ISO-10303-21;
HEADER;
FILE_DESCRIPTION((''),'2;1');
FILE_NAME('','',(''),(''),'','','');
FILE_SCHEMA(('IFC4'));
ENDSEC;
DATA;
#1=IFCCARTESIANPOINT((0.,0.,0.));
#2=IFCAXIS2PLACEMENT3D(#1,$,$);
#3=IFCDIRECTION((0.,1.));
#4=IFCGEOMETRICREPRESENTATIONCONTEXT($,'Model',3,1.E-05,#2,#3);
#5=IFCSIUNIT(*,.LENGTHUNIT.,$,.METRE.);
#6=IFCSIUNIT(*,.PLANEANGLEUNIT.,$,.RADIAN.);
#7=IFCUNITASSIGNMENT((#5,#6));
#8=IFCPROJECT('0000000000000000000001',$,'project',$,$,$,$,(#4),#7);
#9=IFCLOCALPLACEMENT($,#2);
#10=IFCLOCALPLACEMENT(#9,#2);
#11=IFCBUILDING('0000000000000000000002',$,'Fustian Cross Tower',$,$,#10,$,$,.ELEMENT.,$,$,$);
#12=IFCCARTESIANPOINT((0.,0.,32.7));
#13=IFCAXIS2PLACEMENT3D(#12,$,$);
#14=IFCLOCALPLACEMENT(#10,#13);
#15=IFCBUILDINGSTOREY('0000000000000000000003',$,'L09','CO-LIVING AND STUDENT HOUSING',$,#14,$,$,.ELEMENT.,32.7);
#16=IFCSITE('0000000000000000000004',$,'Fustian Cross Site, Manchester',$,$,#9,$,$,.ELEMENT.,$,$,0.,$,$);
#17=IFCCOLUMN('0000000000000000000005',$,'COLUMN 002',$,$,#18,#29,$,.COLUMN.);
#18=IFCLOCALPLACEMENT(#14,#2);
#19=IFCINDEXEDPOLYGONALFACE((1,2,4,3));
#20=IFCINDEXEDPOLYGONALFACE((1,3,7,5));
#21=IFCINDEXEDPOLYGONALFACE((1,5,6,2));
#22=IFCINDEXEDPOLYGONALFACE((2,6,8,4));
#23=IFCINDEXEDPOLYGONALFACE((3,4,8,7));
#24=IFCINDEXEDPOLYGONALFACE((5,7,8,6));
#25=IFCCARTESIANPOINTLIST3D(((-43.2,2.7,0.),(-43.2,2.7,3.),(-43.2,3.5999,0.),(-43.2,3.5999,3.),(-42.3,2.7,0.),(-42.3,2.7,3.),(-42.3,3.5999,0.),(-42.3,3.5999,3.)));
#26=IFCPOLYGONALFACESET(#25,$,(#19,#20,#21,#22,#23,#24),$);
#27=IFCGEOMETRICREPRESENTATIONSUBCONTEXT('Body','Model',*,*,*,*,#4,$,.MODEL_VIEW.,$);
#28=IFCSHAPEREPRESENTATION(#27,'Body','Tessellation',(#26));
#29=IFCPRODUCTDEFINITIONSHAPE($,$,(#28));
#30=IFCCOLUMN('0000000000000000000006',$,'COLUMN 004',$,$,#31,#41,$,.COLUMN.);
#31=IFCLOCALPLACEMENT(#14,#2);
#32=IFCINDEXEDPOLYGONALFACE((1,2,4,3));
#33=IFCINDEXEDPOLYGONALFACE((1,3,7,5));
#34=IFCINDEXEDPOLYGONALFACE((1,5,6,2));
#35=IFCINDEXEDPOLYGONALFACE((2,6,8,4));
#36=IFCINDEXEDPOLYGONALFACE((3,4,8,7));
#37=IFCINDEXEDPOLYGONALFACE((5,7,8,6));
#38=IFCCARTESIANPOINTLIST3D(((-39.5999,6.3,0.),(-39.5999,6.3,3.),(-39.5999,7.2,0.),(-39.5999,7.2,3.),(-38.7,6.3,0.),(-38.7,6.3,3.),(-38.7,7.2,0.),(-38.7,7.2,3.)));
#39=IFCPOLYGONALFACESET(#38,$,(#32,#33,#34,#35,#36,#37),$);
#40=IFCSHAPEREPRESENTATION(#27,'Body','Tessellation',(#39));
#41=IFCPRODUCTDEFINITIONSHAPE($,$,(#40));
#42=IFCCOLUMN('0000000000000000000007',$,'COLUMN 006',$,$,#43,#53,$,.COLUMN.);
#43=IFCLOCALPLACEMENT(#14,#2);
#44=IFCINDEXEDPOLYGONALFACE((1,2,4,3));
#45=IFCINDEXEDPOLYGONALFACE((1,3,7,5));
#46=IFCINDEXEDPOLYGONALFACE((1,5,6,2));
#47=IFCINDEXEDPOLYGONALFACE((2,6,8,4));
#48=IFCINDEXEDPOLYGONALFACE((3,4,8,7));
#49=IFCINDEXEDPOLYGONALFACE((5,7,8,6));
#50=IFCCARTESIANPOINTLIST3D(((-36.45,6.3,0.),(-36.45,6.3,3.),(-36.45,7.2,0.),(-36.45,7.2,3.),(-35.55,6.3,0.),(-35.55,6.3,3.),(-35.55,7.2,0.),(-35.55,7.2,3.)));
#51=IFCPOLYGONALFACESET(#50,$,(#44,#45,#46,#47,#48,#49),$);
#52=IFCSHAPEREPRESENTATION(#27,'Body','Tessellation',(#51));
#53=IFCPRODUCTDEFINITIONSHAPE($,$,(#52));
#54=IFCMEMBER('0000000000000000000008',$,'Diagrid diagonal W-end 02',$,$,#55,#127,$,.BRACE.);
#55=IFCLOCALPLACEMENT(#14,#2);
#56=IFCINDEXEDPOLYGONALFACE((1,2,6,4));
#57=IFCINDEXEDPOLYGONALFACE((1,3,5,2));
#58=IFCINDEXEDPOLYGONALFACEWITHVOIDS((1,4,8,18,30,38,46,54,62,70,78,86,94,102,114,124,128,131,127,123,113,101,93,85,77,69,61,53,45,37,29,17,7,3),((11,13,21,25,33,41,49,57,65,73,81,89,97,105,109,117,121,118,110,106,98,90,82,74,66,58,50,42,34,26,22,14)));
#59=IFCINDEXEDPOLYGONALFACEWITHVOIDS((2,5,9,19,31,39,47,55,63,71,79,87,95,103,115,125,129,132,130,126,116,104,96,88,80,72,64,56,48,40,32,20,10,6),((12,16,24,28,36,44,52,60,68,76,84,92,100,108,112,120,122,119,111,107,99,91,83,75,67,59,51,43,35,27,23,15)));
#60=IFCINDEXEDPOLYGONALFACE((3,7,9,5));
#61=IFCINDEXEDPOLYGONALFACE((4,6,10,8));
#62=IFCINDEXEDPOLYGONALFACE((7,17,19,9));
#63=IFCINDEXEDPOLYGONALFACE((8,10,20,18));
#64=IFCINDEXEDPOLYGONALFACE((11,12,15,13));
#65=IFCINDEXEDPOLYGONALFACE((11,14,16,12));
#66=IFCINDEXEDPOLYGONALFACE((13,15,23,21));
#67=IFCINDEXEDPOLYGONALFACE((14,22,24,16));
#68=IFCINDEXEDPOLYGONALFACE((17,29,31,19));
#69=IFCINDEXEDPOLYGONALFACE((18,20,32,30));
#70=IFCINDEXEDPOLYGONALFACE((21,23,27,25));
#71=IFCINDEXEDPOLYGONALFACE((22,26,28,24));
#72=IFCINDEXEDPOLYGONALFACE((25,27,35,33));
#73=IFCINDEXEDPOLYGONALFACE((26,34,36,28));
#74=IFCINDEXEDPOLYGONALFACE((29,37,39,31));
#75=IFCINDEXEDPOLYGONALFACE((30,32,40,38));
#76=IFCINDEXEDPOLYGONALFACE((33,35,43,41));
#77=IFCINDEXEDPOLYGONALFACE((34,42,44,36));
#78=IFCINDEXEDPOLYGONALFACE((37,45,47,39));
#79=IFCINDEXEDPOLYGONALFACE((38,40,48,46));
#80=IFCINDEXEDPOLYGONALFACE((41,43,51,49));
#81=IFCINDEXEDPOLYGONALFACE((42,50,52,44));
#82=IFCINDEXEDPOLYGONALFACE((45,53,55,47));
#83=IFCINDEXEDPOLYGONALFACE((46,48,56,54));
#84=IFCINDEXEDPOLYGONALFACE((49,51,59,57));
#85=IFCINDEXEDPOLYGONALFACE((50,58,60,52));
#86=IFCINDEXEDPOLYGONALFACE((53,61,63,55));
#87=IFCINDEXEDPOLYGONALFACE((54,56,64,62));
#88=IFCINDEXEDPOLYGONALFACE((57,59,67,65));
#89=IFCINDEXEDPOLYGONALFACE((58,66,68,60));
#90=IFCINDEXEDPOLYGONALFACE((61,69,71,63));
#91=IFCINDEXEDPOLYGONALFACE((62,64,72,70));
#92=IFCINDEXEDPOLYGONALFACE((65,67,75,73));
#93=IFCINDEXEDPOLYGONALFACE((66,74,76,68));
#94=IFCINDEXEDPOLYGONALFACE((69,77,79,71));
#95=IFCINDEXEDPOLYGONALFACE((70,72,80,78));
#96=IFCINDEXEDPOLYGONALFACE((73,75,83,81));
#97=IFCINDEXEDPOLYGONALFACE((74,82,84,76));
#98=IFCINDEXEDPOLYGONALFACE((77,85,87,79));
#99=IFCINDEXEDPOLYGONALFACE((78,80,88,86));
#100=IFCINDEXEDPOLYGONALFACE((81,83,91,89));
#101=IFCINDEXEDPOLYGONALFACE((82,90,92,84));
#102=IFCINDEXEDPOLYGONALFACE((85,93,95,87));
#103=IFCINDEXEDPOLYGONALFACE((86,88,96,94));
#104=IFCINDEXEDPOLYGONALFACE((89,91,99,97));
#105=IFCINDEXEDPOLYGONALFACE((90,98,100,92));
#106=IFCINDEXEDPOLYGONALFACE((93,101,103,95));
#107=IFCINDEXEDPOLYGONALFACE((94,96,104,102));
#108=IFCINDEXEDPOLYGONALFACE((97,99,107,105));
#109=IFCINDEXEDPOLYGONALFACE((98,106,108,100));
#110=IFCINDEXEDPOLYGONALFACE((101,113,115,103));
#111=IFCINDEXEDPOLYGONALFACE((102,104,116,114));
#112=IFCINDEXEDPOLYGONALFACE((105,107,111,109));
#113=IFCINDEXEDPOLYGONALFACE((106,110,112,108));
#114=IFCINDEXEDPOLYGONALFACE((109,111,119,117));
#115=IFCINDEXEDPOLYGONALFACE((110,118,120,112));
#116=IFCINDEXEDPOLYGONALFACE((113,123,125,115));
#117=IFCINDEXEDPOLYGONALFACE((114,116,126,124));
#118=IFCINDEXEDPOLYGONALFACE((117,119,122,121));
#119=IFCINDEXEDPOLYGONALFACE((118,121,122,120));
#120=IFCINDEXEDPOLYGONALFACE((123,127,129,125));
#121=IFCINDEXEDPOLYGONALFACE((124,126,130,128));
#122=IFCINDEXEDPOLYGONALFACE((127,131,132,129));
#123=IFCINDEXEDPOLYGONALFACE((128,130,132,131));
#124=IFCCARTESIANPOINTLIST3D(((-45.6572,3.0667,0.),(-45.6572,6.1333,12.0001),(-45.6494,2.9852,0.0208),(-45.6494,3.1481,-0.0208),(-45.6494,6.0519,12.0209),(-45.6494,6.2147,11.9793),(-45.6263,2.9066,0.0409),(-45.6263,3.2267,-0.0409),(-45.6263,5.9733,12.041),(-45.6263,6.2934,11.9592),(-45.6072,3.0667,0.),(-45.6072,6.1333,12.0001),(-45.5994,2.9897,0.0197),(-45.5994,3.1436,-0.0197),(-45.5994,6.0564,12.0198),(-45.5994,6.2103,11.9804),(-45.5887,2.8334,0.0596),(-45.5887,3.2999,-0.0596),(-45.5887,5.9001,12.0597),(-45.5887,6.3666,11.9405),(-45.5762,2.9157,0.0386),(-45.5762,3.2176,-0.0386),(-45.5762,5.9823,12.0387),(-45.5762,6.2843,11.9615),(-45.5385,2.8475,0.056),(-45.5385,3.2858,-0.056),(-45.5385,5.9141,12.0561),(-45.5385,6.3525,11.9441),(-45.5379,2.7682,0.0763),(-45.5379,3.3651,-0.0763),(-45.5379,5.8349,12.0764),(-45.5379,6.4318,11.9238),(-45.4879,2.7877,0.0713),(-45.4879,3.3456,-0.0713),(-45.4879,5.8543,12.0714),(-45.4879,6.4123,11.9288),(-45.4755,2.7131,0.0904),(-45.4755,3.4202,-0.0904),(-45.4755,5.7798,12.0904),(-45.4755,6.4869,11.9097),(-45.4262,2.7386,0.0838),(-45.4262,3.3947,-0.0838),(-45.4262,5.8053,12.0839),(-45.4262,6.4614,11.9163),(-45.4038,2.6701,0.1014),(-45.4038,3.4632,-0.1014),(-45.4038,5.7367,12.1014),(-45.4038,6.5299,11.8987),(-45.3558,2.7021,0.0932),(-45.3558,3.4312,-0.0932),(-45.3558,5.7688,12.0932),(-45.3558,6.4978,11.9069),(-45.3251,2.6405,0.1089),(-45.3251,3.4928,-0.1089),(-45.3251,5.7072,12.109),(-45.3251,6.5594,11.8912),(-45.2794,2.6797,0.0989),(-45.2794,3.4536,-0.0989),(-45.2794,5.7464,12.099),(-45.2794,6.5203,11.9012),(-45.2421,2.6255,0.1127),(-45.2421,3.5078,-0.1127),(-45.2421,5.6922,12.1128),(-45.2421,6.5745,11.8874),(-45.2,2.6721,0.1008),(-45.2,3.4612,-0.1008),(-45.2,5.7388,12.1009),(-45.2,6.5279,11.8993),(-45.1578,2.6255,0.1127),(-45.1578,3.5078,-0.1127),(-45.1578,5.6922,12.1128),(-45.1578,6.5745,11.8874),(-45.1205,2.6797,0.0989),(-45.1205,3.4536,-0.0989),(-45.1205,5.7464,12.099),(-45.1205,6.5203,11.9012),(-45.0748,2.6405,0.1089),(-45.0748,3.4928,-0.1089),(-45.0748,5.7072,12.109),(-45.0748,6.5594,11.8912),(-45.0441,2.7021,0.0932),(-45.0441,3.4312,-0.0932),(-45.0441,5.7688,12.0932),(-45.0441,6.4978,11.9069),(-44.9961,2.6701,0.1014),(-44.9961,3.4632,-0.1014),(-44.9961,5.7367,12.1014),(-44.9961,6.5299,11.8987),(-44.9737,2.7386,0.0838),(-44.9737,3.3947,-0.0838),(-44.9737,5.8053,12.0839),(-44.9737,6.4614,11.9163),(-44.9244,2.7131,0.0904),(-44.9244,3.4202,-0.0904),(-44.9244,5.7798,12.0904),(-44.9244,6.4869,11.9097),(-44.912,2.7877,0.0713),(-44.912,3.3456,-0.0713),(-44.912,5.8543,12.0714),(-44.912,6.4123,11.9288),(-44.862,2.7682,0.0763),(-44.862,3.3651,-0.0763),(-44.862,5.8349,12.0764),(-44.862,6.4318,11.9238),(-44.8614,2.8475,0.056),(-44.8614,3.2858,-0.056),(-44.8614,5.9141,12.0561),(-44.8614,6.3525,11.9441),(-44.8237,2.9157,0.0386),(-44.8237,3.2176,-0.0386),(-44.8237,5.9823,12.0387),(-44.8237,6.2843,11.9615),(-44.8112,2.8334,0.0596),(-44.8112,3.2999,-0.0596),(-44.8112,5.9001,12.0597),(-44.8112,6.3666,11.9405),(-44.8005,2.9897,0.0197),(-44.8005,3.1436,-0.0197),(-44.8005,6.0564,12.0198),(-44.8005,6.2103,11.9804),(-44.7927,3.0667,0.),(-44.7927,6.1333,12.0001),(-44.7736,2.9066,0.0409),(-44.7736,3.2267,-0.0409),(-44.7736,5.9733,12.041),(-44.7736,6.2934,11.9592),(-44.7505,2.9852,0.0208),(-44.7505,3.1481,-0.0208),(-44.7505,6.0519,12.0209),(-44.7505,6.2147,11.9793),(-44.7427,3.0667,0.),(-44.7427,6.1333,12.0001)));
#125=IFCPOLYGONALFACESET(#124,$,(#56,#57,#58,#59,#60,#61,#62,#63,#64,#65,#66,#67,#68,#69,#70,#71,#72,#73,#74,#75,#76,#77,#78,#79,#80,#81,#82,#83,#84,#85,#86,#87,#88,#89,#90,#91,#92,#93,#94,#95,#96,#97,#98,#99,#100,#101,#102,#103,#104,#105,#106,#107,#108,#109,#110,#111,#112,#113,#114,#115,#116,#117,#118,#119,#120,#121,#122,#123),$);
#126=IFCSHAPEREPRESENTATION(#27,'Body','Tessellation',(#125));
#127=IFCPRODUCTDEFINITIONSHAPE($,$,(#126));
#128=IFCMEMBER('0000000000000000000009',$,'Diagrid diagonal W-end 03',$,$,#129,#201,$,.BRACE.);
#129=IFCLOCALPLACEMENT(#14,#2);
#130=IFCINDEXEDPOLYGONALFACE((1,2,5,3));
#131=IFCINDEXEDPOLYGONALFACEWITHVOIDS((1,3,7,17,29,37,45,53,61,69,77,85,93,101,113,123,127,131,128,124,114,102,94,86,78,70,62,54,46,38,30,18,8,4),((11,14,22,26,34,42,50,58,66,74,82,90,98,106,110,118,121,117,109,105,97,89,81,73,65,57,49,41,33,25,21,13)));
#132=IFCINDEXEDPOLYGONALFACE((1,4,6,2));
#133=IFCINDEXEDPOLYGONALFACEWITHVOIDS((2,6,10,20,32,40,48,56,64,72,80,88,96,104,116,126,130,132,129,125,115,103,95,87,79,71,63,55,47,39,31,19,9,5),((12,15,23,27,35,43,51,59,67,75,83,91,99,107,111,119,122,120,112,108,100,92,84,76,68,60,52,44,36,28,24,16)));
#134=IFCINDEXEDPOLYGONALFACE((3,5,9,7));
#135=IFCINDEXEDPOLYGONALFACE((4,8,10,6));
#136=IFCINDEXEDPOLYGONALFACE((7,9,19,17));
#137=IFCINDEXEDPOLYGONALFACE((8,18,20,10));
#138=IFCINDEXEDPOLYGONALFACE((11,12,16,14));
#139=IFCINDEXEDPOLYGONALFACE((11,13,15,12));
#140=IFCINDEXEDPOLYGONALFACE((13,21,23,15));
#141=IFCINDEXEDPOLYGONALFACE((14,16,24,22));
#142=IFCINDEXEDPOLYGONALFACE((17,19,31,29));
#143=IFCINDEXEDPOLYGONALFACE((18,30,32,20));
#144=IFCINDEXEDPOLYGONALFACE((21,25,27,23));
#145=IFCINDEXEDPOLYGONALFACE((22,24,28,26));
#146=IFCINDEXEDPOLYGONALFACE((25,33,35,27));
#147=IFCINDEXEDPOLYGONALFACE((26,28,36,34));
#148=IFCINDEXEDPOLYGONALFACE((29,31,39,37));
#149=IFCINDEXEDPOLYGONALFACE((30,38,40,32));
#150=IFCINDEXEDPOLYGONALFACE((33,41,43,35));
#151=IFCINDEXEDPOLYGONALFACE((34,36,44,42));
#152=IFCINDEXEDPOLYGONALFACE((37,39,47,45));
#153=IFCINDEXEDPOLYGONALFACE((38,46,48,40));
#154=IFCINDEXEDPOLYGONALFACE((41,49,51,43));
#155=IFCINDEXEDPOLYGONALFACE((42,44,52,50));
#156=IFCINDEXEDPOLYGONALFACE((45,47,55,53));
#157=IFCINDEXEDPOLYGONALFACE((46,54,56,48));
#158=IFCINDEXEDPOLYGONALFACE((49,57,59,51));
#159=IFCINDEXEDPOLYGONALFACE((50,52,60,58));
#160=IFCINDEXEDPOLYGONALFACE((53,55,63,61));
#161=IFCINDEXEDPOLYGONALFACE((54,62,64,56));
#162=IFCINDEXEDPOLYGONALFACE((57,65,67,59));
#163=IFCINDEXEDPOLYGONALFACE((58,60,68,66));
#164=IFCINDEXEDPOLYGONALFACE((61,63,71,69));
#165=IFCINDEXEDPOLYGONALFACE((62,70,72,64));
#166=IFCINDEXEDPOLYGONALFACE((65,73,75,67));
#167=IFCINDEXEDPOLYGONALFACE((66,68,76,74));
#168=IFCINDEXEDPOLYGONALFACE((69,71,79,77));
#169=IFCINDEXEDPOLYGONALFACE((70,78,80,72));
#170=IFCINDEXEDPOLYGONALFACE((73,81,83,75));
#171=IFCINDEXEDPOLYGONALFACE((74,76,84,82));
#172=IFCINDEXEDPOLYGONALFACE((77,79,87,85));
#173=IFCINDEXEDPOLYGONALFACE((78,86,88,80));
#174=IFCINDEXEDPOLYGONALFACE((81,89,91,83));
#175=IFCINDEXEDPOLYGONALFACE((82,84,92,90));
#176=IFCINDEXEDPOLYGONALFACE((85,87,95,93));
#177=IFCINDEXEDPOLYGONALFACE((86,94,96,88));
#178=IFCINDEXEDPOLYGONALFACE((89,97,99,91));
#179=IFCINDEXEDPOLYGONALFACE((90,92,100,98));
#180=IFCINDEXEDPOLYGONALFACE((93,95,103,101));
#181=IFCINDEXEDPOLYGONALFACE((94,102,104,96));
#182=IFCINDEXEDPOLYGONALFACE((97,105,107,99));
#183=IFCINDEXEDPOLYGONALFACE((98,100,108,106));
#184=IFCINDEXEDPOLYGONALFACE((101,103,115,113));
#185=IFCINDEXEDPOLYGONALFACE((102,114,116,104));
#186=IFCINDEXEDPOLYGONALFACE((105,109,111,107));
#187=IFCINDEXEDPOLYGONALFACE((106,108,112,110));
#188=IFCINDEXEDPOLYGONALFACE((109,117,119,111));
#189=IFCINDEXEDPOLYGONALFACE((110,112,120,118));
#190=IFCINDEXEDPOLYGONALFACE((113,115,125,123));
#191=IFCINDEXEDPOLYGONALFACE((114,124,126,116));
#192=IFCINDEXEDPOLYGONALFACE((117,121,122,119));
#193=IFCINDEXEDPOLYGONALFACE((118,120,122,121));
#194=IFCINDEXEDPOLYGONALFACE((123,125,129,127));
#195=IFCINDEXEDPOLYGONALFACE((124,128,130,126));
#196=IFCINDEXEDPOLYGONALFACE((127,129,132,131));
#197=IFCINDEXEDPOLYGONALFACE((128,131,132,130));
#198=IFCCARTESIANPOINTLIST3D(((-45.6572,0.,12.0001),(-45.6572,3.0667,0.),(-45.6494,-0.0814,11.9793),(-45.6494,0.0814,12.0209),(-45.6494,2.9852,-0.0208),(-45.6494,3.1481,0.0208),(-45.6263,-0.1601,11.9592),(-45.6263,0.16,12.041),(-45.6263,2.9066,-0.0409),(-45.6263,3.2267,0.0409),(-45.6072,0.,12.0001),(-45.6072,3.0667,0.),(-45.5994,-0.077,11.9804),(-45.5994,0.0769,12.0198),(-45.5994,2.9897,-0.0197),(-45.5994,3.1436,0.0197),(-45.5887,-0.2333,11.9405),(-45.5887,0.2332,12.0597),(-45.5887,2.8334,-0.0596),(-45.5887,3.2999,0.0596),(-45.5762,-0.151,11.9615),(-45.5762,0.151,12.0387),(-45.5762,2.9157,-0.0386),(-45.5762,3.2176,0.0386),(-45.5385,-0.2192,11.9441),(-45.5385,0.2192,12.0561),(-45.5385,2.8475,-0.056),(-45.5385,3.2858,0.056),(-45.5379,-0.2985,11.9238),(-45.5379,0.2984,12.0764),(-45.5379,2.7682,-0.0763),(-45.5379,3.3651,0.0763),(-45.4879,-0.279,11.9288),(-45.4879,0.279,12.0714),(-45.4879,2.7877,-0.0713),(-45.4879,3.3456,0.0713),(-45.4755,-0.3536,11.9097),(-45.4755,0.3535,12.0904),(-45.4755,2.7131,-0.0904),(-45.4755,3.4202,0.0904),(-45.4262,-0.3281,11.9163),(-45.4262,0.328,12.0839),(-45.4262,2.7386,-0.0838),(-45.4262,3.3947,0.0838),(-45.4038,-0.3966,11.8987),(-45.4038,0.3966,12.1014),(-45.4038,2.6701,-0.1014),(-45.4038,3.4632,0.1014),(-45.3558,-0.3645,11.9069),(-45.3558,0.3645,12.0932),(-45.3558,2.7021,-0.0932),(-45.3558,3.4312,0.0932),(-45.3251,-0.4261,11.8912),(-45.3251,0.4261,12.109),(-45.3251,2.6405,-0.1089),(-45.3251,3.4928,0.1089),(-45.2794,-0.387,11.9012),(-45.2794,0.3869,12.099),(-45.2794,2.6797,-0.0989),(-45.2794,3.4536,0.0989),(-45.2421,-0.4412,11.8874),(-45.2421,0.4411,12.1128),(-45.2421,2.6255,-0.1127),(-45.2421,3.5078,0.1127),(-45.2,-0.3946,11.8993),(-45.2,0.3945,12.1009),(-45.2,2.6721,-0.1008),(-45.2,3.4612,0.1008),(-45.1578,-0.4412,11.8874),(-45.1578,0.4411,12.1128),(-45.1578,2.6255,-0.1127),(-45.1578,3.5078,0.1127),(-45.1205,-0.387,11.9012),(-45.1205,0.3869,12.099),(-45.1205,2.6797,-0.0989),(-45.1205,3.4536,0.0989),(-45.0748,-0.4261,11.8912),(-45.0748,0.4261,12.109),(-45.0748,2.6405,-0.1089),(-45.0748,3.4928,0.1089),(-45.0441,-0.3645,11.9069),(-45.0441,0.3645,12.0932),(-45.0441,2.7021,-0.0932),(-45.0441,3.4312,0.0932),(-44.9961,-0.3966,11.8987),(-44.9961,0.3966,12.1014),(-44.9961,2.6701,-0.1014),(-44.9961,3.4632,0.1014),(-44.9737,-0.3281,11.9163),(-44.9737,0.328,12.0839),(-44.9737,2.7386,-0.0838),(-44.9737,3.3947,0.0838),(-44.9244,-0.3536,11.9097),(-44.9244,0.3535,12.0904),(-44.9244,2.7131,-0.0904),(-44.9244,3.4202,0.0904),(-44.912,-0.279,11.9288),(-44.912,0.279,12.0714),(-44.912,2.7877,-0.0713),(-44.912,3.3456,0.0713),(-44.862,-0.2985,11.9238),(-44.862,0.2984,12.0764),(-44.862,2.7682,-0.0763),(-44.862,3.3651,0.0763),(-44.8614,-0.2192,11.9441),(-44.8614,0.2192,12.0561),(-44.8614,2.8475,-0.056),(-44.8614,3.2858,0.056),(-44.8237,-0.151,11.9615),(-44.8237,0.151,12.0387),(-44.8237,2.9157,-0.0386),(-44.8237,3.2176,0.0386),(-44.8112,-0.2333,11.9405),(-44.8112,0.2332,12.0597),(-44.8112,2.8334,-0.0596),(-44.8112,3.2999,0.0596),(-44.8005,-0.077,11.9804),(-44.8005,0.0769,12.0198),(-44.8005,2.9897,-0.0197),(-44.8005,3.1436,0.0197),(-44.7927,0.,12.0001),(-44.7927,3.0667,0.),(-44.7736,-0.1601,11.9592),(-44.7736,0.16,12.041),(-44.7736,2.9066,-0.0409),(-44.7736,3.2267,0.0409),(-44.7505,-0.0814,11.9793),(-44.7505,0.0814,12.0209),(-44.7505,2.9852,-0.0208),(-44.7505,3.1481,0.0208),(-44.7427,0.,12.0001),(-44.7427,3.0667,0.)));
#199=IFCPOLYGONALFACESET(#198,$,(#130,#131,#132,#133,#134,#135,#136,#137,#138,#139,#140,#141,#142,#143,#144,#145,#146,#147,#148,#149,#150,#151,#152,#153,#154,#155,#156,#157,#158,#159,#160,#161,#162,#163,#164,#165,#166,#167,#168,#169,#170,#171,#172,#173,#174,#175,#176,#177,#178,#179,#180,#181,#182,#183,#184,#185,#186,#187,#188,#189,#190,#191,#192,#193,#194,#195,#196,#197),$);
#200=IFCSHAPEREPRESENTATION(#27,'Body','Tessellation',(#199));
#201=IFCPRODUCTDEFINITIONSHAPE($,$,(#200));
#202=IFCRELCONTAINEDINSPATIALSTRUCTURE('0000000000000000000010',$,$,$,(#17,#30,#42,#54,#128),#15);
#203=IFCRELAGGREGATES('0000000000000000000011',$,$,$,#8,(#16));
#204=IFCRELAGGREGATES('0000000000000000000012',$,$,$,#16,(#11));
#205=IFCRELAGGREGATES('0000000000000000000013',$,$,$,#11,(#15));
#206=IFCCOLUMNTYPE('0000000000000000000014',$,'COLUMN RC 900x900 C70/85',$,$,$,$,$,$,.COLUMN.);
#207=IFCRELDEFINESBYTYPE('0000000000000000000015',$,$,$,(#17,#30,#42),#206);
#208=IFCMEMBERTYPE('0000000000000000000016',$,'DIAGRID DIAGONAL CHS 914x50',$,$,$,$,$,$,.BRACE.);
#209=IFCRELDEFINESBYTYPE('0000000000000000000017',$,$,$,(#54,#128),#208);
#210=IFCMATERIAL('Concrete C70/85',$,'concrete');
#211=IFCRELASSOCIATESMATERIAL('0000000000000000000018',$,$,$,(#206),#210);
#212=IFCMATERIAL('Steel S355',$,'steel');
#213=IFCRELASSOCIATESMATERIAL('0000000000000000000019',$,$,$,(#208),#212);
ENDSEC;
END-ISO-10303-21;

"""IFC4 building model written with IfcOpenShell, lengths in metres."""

from ifc_helpers import new_model, si_unit, direction, frame, origin, origin_2d, place, context, subcontext, project, spatial, rectangle, hollow_circle, extrude, material, material_profile, profile_set, type_object, element, save


model = new_model("IFC4")

# Units and contexts
model_context = context("Model", 3, precision=1e-05, world=origin(), true_north=direction((0.0, 1.0)))
body_context = subcontext(model_context, "Body", "Model", "MODEL_VIEW")
ifc_project = project(units=[si_unit("LENGTHUNIT", "METRE"), si_unit("PLANEANGLEUNIT", "RADIAN")], contexts=[model_context])

# Site, building, storey
site_placement = place(None, origin())
site = spatial("IfcSite", under=ifc_project, at=site_placement, Name="Fustian Cross Site, Manchester", CompositionType="ELEMENT", RefElevation=0.0)
building_placement = place(site_placement, origin())
building = spatial("IfcBuilding", under=site, at=building_placement, Name="Fustian Cross Tower", CompositionType="ELEMENT")
storey_placement = place(building_placement, frame((0.0, 0.0, 32.7)))
storey = spatial("IfcBuildingStorey", under=building, at=storey_placement, Name="L09", Description="CO-LIVING AND STUDENT HOUSING", CompositionType="ELEMENT", Elevation=32.7)

# Columns
ifc_material_1 = material(Name="Concrete C70/85", Category="concrete")
ifc_material_profile_1 = material_profile(ifc_material_1, rectangle(XDim=0.8999, YDim=0.8999, at=origin_2d()), Name="RC 900x900")
ifc_profile_set_1 = profile_set([ifc_material_profile_1], Name="Concrete C70/85")
column_type = type_object("IfcColumnType", Name="COLUMN RC 900x900 C70/85", PredefinedType="COLUMN", material=ifc_profile_set_1)
for number, where, z_axis, x_axis, name in (
    (1, (-42.75, 3.1499, 0.0), (0.0, 0.0, 1.0), (1.0, 0.0, 0.0), "COLUMN 002"),
    (2, (-39.1499, 6.75, 0.0), (0.0, 0.0, 1.0), (1.0, 0.0, 0.0), "COLUMN 004"),
    (3, (-36.0, 6.75, 0.0), (0.0, 0.0, 1.0), (1.0, 0.0, 0.0), "COLUMN 006"),
):
    element("IfcColumn", number, at=place(storey_placement, frame(where, z_axis=z_axis, x_axis=x_axis)), inside=storey, type_object=column_type, Name=name, PredefinedType="COLUMN", context=body_context, shape_type="SweptSolid", body=[
        extrude(rectangle(XDim=0.8999, YDim=0.8999, at=origin_2d()), origin(), (0.0, 0.0, 1.0), 3.0),
    ])

# Members
ifc_material_2 = material(Name="Steel S355", Category="steel")
ifc_material_profile_2 = material_profile(ifc_material_2, hollow_circle(Radius=0.4573, WallThickness=0.05, at=origin_2d()), Name="CHS 914x50")
ifc_profile_set_2 = profile_set([ifc_material_profile_2], Name="Steel S355")
member_type = type_object("IfcMemberType", Name="DIAGRID DIAGONAL CHS 914x50", PredefinedType="BRACE", material=ifc_profile_set_2)
for number, where, z_axis, x_axis, name in (
    (4, (-45.2, 3.0667, 0.0), (0.0, 0.247597, 0.968863), (-1.0, 0.0, 0.0), "Diagrid diagonal W-end 02"),
    (5, (-45.2, 3.0667, 0.0), (0.0, -0.247597, 0.968863), (1.0, 0.0, 0.0), "Diagrid diagonal W-end 03"),
):
    element("IfcMember", number, at=place(storey_placement, frame(where, z_axis=z_axis, x_axis=x_axis)), inside=storey, type_object=member_type, Name=name, PredefinedType="BRACE", context=body_context, shape_type="SweptSolid", body=[
        extrude(hollow_circle(Radius=0.4573, WallThickness=0.05, at=origin_2d()), origin(), (0.0, 0.0, 1.0), 12.3857),
    ])

save(model, "model.ifc")
